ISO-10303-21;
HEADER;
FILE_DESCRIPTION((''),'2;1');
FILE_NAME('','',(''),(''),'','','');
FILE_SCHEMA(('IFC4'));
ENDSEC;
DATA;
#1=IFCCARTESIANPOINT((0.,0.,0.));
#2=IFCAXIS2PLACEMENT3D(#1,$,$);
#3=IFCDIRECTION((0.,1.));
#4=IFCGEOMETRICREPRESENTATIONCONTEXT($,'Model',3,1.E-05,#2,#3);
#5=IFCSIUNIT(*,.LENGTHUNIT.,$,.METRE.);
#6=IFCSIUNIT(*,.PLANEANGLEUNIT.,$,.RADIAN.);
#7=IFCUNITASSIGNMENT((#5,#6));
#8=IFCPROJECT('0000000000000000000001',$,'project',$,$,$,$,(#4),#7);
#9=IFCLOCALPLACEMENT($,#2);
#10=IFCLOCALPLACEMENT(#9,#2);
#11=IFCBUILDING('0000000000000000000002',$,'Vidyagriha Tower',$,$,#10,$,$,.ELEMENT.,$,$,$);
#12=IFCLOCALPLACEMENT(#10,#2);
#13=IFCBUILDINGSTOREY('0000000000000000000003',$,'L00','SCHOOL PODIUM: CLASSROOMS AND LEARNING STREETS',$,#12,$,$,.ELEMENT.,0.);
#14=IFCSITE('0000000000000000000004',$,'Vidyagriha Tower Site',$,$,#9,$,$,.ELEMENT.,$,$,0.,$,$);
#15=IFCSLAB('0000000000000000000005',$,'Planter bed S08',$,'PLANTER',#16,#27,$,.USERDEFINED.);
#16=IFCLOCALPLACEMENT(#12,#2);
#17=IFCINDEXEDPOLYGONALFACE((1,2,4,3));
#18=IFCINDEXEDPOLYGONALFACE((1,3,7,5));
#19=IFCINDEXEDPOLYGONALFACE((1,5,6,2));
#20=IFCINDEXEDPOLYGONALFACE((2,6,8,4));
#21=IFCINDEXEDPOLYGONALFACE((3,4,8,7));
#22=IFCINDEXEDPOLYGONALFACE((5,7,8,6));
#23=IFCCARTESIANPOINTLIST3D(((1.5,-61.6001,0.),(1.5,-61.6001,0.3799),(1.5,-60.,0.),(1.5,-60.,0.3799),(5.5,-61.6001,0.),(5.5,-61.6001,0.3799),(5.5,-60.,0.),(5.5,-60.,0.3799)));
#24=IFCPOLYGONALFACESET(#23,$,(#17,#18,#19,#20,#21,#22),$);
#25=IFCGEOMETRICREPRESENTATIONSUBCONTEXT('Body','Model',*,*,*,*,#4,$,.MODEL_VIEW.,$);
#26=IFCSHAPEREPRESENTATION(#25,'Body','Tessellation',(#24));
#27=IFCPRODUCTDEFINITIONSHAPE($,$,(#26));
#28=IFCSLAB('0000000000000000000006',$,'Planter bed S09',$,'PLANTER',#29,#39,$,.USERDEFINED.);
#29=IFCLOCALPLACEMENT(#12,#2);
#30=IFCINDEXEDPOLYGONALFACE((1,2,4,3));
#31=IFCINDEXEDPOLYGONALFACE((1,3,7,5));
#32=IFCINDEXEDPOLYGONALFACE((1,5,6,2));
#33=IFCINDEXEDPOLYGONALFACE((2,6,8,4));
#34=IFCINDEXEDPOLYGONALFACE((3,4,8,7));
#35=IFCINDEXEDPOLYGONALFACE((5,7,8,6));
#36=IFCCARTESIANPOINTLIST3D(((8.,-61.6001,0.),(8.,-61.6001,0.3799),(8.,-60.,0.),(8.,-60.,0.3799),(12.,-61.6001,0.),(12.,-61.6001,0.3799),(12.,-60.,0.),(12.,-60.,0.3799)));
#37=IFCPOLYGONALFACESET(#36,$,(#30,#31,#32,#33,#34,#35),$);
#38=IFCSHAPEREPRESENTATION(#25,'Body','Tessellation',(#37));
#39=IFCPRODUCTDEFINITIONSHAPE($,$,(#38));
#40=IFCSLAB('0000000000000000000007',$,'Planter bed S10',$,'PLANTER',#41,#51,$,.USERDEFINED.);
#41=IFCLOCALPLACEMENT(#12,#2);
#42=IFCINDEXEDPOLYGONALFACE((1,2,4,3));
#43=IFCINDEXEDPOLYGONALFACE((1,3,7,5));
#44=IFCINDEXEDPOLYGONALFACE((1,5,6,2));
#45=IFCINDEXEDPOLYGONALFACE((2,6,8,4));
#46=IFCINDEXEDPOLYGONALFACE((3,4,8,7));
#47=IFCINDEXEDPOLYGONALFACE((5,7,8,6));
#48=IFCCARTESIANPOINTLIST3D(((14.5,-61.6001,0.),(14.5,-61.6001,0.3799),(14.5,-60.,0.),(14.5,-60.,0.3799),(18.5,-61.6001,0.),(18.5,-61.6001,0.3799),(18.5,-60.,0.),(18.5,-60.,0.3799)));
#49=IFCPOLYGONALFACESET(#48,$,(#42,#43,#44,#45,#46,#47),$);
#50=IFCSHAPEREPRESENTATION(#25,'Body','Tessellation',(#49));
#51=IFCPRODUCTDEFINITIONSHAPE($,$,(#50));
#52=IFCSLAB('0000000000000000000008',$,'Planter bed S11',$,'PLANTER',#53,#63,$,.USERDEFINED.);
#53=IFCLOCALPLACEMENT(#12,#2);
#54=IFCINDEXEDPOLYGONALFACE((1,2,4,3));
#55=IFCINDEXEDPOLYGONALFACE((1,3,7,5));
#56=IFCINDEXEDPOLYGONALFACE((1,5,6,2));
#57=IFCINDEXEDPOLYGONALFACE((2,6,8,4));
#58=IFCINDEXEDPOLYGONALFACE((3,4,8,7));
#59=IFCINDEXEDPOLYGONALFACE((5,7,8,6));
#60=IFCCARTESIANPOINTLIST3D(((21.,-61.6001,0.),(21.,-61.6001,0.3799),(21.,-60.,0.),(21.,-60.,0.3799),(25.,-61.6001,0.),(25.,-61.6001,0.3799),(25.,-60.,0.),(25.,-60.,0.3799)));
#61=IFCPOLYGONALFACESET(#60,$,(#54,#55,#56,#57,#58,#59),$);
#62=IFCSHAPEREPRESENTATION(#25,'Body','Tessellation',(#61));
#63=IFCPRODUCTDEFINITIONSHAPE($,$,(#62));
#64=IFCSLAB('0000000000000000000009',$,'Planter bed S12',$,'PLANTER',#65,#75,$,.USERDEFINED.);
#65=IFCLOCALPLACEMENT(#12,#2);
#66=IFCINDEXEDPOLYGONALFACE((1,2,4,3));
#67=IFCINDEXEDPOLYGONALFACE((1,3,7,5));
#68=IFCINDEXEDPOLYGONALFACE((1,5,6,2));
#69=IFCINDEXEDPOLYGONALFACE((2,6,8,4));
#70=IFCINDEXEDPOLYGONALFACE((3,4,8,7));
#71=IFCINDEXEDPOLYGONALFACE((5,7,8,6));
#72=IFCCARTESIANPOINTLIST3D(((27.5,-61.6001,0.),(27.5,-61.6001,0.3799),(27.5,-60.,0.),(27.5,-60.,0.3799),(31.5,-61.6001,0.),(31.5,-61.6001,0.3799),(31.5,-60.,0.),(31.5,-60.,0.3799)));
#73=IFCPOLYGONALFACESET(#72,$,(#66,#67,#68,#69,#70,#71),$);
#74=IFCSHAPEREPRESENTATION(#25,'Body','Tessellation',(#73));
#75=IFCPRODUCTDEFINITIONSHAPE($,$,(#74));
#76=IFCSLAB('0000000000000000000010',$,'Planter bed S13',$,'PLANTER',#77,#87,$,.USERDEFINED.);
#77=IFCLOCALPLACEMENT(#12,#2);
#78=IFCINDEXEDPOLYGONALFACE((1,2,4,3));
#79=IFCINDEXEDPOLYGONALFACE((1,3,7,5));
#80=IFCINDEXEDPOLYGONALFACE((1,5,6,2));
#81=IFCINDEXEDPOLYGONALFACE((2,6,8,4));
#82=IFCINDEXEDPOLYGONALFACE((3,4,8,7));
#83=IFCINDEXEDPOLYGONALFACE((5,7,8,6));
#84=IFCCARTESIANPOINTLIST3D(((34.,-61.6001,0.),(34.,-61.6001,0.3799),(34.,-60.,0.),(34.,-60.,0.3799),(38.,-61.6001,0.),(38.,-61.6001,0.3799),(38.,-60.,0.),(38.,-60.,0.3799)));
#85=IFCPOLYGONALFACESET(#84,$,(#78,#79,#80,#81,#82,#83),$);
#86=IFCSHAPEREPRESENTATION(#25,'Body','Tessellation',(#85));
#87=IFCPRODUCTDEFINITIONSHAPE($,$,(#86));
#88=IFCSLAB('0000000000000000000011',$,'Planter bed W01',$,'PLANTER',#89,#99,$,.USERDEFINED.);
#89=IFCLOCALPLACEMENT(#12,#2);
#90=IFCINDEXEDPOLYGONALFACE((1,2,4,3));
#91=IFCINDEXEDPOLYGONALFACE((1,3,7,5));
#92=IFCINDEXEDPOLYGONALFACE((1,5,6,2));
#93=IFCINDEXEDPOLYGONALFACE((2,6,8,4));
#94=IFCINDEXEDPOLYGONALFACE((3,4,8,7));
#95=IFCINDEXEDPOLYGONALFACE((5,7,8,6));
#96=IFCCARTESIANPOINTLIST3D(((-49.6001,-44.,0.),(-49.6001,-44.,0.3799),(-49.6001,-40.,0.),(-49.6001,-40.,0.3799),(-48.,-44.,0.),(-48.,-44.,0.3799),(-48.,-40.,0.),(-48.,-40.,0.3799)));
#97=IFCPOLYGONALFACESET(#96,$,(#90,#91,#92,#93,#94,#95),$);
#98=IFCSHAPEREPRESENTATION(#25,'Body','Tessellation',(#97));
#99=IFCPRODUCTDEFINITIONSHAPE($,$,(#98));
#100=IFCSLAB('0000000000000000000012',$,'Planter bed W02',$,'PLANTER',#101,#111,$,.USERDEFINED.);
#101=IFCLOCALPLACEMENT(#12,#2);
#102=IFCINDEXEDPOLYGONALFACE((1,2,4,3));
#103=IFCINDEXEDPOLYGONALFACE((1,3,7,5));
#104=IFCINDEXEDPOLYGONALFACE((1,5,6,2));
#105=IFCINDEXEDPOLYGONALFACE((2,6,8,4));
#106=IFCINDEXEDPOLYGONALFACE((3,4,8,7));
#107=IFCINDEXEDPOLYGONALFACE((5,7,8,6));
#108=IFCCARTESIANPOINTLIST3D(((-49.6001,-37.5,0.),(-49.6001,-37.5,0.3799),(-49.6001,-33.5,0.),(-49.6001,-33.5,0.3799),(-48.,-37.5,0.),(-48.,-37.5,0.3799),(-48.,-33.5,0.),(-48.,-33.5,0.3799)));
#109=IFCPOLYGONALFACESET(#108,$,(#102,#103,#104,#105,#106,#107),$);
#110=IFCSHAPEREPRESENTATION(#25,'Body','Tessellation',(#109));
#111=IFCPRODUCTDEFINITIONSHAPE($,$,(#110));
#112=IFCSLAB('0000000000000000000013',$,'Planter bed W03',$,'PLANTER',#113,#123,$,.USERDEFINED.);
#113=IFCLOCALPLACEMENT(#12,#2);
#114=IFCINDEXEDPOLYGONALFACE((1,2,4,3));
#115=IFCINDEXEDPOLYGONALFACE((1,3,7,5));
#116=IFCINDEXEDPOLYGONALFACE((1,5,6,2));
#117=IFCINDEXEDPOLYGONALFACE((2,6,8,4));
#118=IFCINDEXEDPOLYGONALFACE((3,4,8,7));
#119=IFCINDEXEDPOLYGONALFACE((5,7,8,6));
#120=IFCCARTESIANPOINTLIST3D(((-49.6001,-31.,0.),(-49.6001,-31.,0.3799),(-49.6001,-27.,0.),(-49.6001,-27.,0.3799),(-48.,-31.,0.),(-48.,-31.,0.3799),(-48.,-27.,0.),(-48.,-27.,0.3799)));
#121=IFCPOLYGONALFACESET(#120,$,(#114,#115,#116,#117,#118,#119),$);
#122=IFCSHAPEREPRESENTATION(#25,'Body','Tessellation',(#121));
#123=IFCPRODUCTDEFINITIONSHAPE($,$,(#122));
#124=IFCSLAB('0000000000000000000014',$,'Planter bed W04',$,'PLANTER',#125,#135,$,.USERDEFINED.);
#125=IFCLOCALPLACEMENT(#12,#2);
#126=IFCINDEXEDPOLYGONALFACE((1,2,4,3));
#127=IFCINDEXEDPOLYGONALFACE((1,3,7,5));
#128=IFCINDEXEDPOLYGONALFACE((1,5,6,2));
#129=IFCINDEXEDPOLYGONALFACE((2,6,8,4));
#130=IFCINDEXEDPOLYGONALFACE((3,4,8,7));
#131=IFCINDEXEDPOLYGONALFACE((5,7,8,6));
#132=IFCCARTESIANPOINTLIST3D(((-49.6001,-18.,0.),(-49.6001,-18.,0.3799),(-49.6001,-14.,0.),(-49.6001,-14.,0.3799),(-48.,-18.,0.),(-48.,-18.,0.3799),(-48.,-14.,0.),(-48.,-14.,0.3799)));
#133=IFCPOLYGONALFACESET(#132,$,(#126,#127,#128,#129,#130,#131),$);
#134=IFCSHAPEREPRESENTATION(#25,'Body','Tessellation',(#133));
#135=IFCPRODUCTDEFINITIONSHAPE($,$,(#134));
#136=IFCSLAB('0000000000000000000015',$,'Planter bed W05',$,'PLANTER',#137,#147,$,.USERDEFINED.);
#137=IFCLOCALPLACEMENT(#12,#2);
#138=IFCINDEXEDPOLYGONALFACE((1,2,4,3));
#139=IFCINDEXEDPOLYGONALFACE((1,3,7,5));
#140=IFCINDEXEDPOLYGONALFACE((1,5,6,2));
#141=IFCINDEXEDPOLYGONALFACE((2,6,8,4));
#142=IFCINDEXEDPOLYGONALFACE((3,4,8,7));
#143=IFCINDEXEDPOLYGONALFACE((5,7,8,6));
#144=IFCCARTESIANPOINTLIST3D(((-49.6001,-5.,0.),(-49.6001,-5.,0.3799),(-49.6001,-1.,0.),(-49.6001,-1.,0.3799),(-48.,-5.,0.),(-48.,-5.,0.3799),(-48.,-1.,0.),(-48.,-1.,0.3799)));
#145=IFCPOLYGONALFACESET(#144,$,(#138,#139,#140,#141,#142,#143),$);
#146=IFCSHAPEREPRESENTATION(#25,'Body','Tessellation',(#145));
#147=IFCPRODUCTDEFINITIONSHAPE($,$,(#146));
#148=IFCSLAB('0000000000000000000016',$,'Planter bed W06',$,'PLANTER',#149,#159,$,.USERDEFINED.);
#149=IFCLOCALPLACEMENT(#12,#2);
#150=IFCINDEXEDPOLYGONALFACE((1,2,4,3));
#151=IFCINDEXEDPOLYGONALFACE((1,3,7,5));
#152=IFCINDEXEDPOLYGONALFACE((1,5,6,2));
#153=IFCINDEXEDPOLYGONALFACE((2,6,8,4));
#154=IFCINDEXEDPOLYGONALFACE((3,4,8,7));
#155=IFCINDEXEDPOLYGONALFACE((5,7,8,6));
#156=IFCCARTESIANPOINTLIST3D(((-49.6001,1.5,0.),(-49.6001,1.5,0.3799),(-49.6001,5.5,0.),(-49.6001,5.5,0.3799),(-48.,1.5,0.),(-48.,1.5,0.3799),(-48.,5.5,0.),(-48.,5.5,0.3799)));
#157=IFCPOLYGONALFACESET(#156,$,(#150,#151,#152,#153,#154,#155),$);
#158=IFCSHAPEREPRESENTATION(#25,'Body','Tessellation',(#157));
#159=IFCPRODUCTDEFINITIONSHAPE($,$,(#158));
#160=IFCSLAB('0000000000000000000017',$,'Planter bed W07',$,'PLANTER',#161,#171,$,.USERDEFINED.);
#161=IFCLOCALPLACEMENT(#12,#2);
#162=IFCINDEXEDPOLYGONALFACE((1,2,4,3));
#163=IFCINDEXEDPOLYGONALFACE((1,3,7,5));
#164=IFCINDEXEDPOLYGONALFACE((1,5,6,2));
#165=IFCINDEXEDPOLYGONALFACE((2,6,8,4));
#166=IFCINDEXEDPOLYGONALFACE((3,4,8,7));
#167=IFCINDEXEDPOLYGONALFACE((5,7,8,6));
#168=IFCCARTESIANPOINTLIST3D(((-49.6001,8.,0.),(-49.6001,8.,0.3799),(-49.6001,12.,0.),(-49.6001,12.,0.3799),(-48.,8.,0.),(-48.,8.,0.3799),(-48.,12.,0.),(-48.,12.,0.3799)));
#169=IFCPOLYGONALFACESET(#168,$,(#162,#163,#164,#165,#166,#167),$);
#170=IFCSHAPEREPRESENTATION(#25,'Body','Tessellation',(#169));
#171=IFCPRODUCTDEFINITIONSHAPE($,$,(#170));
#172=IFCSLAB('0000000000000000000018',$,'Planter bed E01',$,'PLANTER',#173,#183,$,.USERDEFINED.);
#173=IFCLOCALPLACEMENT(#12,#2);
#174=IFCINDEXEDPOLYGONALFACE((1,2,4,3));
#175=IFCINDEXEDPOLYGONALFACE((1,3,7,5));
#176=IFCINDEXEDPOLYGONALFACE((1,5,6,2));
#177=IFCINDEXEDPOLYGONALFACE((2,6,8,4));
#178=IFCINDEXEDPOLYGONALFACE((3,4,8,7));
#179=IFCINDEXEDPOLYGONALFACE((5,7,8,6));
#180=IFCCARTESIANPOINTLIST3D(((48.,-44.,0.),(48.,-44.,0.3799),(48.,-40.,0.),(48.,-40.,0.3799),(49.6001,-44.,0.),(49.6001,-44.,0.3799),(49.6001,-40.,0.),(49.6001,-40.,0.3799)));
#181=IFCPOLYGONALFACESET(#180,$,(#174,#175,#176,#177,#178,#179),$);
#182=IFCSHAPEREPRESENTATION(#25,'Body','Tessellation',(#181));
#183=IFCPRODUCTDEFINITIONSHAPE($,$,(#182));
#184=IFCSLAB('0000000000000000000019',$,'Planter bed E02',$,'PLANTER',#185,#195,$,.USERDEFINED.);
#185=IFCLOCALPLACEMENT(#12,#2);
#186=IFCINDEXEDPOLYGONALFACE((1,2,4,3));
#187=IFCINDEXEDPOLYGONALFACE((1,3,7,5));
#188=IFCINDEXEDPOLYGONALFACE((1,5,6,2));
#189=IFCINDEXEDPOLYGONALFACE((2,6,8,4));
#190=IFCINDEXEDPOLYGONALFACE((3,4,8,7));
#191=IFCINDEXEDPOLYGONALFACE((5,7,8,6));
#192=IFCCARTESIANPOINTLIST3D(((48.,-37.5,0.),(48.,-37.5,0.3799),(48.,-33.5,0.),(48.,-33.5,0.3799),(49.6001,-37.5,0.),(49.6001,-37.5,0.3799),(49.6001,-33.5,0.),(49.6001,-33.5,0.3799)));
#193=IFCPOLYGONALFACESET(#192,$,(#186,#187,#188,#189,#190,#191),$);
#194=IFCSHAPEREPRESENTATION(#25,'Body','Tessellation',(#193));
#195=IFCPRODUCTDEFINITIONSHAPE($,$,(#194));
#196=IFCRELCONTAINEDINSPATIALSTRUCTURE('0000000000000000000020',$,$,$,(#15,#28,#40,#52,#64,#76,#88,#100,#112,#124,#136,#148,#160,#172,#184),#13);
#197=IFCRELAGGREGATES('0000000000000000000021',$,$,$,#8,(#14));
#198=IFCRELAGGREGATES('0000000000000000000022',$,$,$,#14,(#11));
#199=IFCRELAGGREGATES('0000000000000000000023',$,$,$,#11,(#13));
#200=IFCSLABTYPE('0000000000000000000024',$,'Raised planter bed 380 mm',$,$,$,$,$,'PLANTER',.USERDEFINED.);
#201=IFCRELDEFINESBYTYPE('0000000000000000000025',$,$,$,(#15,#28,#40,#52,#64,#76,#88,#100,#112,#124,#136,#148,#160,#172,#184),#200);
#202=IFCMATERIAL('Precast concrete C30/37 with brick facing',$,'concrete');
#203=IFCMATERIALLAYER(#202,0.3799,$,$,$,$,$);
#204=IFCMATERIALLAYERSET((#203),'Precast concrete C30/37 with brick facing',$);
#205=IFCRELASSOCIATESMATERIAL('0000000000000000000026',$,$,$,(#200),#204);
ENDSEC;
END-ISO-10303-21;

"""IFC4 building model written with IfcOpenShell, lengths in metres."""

from ifc_helpers import new_model, si_unit, direction, origin, place, context, subcontext, project, spatial, polyline, outline, extrude, material, layer, layer_set, type_object, element, save


model = new_model("IFC4")

# Units and contexts
model_context = context("Model", 3, precision=1e-05, world=origin(), true_north=direction((0.0, 1.0)))
body_context = subcontext(model_context, "Body", "Model", "MODEL_VIEW")
ifc_project = project(units=[si_unit("LENGTHUNIT", "METRE"), si_unit("PLANEANGLEUNIT", "RADIAN")], contexts=[model_context])

# Site, building, storey
site_placement = place(None, origin())
site = spatial("IfcSite", under=ifc_project, at=site_placement, Name="Vidyagriha Tower Site", CompositionType="ELEMENT", RefElevation=0.0)
building_placement = place(site_placement, origin())
building = spatial("IfcBuilding", under=site, at=building_placement, Name="Vidyagriha Tower", CompositionType="ELEMENT")
storey_placement = place(building_placement, origin())
storey = spatial("IfcBuildingStorey", under=building, at=storey_placement, Name="L00", Description="SCHOOL PODIUM: CLASSROOMS AND LEARNING STREETS", CompositionType="ELEMENT", Elevation=0.0)

# Slabs
ifc_material_1 = material(Name="Precast concrete C30/37 with brick facing", Category="concrete")
ifc_layer_1 = layer(ifc_material_1, 0.3799)
ifc_layer_set_1 = layer_set([ifc_layer_1], Name="Precast concrete C30/37 with brick facing")
slab_type = type_object("IfcSlabType", Name="Raised planter bed 380 mm", ElementType="PLANTER", PredefinedType="USERDEFINED", material=ifc_layer_set_1)
slab_1_placement = place(storey_placement, origin())
element("IfcSlab", 1, at=slab_1_placement, inside=storey, type_object=slab_type, Name="Planter bed S08", ObjectType="PLANTER", PredefinedType="USERDEFINED", context=body_context, shape_type="SweptSolid", body=[
    extrude(outline(polyline([(1.5, -61.6001), (5.5, -61.6001), (5.5, -60.0), (1.5, -60.0), (1.5, -61.6001)])), origin(), (0.0, 0.0, 1.0), 0.3799),
])
slab_2_placement = place(storey_placement, origin())
element("IfcSlab", 2, at=slab_2_placement, inside=storey, type_object=slab_type, Name="Planter bed S09", ObjectType="PLANTER", PredefinedType="USERDEFINED", context=body_context, shape_type="SweptSolid", body=[
    extrude(outline(polyline([(8.0, -61.6001), (12.0, -61.6001), (12.0, -60.0), (8.0, -60.0), (8.0, -61.6001)])), origin(), (0.0, 0.0, 1.0), 0.3799),
])
slab_3_placement = place(storey_placement, origin())
element("IfcSlab", 3, at=slab_3_placement, inside=storey, type_object=slab_type, Name="Planter bed S10", ObjectType="PLANTER", PredefinedType="USERDEFINED", context=body_context, shape_type="SweptSolid", body=[
    extrude(outline(polyline([(14.5, -61.6001), (18.5, -61.6001), (18.5, -60.0), (14.5, -60.0), (14.5, -61.6001)])), origin(), (0.0, 0.0, 1.0), 0.3799),
])
slab_4_placement = place(storey_placement, origin())
element("IfcSlab", 4, at=slab_4_placement, inside=storey, type_object=slab_type, Name="Planter bed S11", ObjectType="PLANTER", PredefinedType="USERDEFINED", context=body_context, shape_type="SweptSolid", body=[
    extrude(outline(polyline([(21.0, -61.6001), (25.0, -61.6001), (25.0, -60.0), (21.0, -60.0), (21.0, -61.6001)])), origin(), (0.0, 0.0, 1.0), 0.3799),
])
slab_5_placement = place(storey_placement, origin())
element("IfcSlab", 5, at=slab_5_placement, inside=storey, type_object=slab_type, Name="Planter bed S12", ObjectType="PLANTER", PredefinedType="USERDEFINED", context=body_context, shape_type="SweptSolid", body=[
    extrude(outline(polyline([(27.5, -61.6001), (31.5, -61.6001), (31.5, -60.0), (27.5, -60.0), (27.5, -61.6001)])), origin(), (0.0, 0.0, 1.0), 0.3799),
])
slab_6_placement = place(storey_placement, origin())
element("IfcSlab", 6, at=slab_6_placement, inside=storey, type_object=slab_type, Name="Planter bed S13", ObjectType="PLANTER", PredefinedType="USERDEFINED", context=body_context, shape_type="SweptSolid", body=[
    extrude(outline(polyline([(34.0, -61.6001), (38.0, -61.6001), (38.0, -60.0), (34.0, -60.0), (34.0, -61.6001)])), origin(), (0.0, 0.0, 1.0), 0.3799),
])
slab_7_placement = place(storey_placement, origin())
element("IfcSlab", 7, at=slab_7_placement, inside=storey, type_object=slab_type, Name="Planter bed W01", ObjectType="PLANTER", PredefinedType="USERDEFINED", context=body_context, shape_type="SweptSolid", body=[
    extrude(outline(polyline([(-49.6001, -44.0), (-48.0, -44.0), (-48.0, -40.0), (-49.6001, -40.0), (-49.6001, -44.0)])), origin(), (0.0, 0.0, 1.0), 0.3799),
])
slab_8_placement = place(storey_placement, origin())
element("IfcSlab", 8, at=slab_8_placement, inside=storey, type_object=slab_type, Name="Planter bed W02", ObjectType="PLANTER", PredefinedType="USERDEFINED", context=body_context, shape_type="SweptSolid", body=[
    extrude(outline(polyline([(-49.6001, -37.5), (-48.0, -37.5), (-48.0, -33.5), (-49.6001, -33.5), (-49.6001, -37.5)])), origin(), (0.0, 0.0, 1.0), 0.3799),
])
slab_9_placement = place(storey_placement, origin())
element("IfcSlab", 9, at=slab_9_placement, inside=storey, type_object=slab_type, Name="Planter bed W03", ObjectType="PLANTER", PredefinedType="USERDEFINED", context=body_context, shape_type="SweptSolid", body=[
    extrude(outline(polyline([(-49.6001, -31.0), (-48.0, -31.0), (-48.0, -27.0), (-49.6001, -27.0), (-49.6001, -31.0)])), origin(), (0.0, 0.0, 1.0), 0.3799),
])
slab_10_placement = place(storey_placement, origin())
element("IfcSlab", 10, at=slab_10_placement, inside=storey, type_object=slab_type, Name="Planter bed W04", ObjectType="PLANTER", PredefinedType="USERDEFINED", context=body_context, shape_type="SweptSolid", body=[
    extrude(outline(polyline([(-49.6001, -18.0), (-48.0, -18.0), (-48.0, -14.0), (-49.6001, -14.0), (-49.6001, -18.0)])), origin(), (0.0, 0.0, 1.0), 0.3799),
])
slab_11_placement = place(storey_placement, origin())
element("IfcSlab", 11, at=slab_11_placement, inside=storey, type_object=slab_type, Name="Planter bed W05", ObjectType="PLANTER", PredefinedType="USERDEFINED", context=body_context, shape_type="SweptSolid", body=[
    extrude(outline(polyline([(-49.6001, -5.0), (-48.0, -5.0), (-48.0, -1.0), (-49.6001, -1.0), (-49.6001, -5.0)])), origin(), (0.0, 0.0, 1.0), 0.3799),
])
slab_12_placement = place(storey_placement, origin())
element("IfcSlab", 12, at=slab_12_placement, inside=storey, type_object=slab_type, Name="Planter bed W06", ObjectType="PLANTER", PredefinedType="USERDEFINED", context=body_context, shape_type="SweptSolid", body=[
    extrude(outline(polyline([(-49.6001, 1.5), (-48.0, 1.5), (-48.0, 5.5), (-49.6001, 5.5), (-49.6001, 1.5)])), origin(), (0.0, 0.0, 1.0), 0.3799),
])
slab_13_placement = place(storey_placement, origin())
element("IfcSlab", 13, at=slab_13_placement, inside=storey, type_object=slab_type, Name="Planter bed W07", ObjectType="PLANTER", PredefinedType="USERDEFINED", context=body_context, shape_type="SweptSolid", body=[
    extrude(outline(polyline([(-49.6001, 8.0), (-48.0, 8.0), (-48.0, 12.0), (-49.6001, 12.0), (-49.6001, 8.0)])), origin(), (0.0, 0.0, 1.0), 0.3799),
])
slab_14_placement = place(storey_placement, origin())
element("IfcSlab", 14, at=slab_14_placement, inside=storey, type_object=slab_type, Name="Planter bed E01", ObjectType="PLANTER", PredefinedType="USERDEFINED", context=body_context, shape_type="SweptSolid", body=[
    extrude(outline(polyline([(48.0, -44.0), (49.6001, -44.0), (49.6001, -40.0), (48.0, -40.0), (48.0, -44.0)])), origin(), (0.0, 0.0, 1.0), 0.3799),
])
slab_15_placement = place(storey_placement, origin())
element("IfcSlab", 15, at=slab_15_placement, inside=storey, type_object=slab_type, Name="Planter bed E02", ObjectType="PLANTER", PredefinedType="USERDEFINED", context=body_context, shape_type="SweptSolid", body=[
    extrude(outline(polyline([(48.0, -37.5), (49.6001, -37.5), (49.6001, -33.5), (48.0, -33.5), (48.0, -37.5)])), origin(), (0.0, 0.0, 1.0), 0.3799),
])

save(model, "model.ifc")
